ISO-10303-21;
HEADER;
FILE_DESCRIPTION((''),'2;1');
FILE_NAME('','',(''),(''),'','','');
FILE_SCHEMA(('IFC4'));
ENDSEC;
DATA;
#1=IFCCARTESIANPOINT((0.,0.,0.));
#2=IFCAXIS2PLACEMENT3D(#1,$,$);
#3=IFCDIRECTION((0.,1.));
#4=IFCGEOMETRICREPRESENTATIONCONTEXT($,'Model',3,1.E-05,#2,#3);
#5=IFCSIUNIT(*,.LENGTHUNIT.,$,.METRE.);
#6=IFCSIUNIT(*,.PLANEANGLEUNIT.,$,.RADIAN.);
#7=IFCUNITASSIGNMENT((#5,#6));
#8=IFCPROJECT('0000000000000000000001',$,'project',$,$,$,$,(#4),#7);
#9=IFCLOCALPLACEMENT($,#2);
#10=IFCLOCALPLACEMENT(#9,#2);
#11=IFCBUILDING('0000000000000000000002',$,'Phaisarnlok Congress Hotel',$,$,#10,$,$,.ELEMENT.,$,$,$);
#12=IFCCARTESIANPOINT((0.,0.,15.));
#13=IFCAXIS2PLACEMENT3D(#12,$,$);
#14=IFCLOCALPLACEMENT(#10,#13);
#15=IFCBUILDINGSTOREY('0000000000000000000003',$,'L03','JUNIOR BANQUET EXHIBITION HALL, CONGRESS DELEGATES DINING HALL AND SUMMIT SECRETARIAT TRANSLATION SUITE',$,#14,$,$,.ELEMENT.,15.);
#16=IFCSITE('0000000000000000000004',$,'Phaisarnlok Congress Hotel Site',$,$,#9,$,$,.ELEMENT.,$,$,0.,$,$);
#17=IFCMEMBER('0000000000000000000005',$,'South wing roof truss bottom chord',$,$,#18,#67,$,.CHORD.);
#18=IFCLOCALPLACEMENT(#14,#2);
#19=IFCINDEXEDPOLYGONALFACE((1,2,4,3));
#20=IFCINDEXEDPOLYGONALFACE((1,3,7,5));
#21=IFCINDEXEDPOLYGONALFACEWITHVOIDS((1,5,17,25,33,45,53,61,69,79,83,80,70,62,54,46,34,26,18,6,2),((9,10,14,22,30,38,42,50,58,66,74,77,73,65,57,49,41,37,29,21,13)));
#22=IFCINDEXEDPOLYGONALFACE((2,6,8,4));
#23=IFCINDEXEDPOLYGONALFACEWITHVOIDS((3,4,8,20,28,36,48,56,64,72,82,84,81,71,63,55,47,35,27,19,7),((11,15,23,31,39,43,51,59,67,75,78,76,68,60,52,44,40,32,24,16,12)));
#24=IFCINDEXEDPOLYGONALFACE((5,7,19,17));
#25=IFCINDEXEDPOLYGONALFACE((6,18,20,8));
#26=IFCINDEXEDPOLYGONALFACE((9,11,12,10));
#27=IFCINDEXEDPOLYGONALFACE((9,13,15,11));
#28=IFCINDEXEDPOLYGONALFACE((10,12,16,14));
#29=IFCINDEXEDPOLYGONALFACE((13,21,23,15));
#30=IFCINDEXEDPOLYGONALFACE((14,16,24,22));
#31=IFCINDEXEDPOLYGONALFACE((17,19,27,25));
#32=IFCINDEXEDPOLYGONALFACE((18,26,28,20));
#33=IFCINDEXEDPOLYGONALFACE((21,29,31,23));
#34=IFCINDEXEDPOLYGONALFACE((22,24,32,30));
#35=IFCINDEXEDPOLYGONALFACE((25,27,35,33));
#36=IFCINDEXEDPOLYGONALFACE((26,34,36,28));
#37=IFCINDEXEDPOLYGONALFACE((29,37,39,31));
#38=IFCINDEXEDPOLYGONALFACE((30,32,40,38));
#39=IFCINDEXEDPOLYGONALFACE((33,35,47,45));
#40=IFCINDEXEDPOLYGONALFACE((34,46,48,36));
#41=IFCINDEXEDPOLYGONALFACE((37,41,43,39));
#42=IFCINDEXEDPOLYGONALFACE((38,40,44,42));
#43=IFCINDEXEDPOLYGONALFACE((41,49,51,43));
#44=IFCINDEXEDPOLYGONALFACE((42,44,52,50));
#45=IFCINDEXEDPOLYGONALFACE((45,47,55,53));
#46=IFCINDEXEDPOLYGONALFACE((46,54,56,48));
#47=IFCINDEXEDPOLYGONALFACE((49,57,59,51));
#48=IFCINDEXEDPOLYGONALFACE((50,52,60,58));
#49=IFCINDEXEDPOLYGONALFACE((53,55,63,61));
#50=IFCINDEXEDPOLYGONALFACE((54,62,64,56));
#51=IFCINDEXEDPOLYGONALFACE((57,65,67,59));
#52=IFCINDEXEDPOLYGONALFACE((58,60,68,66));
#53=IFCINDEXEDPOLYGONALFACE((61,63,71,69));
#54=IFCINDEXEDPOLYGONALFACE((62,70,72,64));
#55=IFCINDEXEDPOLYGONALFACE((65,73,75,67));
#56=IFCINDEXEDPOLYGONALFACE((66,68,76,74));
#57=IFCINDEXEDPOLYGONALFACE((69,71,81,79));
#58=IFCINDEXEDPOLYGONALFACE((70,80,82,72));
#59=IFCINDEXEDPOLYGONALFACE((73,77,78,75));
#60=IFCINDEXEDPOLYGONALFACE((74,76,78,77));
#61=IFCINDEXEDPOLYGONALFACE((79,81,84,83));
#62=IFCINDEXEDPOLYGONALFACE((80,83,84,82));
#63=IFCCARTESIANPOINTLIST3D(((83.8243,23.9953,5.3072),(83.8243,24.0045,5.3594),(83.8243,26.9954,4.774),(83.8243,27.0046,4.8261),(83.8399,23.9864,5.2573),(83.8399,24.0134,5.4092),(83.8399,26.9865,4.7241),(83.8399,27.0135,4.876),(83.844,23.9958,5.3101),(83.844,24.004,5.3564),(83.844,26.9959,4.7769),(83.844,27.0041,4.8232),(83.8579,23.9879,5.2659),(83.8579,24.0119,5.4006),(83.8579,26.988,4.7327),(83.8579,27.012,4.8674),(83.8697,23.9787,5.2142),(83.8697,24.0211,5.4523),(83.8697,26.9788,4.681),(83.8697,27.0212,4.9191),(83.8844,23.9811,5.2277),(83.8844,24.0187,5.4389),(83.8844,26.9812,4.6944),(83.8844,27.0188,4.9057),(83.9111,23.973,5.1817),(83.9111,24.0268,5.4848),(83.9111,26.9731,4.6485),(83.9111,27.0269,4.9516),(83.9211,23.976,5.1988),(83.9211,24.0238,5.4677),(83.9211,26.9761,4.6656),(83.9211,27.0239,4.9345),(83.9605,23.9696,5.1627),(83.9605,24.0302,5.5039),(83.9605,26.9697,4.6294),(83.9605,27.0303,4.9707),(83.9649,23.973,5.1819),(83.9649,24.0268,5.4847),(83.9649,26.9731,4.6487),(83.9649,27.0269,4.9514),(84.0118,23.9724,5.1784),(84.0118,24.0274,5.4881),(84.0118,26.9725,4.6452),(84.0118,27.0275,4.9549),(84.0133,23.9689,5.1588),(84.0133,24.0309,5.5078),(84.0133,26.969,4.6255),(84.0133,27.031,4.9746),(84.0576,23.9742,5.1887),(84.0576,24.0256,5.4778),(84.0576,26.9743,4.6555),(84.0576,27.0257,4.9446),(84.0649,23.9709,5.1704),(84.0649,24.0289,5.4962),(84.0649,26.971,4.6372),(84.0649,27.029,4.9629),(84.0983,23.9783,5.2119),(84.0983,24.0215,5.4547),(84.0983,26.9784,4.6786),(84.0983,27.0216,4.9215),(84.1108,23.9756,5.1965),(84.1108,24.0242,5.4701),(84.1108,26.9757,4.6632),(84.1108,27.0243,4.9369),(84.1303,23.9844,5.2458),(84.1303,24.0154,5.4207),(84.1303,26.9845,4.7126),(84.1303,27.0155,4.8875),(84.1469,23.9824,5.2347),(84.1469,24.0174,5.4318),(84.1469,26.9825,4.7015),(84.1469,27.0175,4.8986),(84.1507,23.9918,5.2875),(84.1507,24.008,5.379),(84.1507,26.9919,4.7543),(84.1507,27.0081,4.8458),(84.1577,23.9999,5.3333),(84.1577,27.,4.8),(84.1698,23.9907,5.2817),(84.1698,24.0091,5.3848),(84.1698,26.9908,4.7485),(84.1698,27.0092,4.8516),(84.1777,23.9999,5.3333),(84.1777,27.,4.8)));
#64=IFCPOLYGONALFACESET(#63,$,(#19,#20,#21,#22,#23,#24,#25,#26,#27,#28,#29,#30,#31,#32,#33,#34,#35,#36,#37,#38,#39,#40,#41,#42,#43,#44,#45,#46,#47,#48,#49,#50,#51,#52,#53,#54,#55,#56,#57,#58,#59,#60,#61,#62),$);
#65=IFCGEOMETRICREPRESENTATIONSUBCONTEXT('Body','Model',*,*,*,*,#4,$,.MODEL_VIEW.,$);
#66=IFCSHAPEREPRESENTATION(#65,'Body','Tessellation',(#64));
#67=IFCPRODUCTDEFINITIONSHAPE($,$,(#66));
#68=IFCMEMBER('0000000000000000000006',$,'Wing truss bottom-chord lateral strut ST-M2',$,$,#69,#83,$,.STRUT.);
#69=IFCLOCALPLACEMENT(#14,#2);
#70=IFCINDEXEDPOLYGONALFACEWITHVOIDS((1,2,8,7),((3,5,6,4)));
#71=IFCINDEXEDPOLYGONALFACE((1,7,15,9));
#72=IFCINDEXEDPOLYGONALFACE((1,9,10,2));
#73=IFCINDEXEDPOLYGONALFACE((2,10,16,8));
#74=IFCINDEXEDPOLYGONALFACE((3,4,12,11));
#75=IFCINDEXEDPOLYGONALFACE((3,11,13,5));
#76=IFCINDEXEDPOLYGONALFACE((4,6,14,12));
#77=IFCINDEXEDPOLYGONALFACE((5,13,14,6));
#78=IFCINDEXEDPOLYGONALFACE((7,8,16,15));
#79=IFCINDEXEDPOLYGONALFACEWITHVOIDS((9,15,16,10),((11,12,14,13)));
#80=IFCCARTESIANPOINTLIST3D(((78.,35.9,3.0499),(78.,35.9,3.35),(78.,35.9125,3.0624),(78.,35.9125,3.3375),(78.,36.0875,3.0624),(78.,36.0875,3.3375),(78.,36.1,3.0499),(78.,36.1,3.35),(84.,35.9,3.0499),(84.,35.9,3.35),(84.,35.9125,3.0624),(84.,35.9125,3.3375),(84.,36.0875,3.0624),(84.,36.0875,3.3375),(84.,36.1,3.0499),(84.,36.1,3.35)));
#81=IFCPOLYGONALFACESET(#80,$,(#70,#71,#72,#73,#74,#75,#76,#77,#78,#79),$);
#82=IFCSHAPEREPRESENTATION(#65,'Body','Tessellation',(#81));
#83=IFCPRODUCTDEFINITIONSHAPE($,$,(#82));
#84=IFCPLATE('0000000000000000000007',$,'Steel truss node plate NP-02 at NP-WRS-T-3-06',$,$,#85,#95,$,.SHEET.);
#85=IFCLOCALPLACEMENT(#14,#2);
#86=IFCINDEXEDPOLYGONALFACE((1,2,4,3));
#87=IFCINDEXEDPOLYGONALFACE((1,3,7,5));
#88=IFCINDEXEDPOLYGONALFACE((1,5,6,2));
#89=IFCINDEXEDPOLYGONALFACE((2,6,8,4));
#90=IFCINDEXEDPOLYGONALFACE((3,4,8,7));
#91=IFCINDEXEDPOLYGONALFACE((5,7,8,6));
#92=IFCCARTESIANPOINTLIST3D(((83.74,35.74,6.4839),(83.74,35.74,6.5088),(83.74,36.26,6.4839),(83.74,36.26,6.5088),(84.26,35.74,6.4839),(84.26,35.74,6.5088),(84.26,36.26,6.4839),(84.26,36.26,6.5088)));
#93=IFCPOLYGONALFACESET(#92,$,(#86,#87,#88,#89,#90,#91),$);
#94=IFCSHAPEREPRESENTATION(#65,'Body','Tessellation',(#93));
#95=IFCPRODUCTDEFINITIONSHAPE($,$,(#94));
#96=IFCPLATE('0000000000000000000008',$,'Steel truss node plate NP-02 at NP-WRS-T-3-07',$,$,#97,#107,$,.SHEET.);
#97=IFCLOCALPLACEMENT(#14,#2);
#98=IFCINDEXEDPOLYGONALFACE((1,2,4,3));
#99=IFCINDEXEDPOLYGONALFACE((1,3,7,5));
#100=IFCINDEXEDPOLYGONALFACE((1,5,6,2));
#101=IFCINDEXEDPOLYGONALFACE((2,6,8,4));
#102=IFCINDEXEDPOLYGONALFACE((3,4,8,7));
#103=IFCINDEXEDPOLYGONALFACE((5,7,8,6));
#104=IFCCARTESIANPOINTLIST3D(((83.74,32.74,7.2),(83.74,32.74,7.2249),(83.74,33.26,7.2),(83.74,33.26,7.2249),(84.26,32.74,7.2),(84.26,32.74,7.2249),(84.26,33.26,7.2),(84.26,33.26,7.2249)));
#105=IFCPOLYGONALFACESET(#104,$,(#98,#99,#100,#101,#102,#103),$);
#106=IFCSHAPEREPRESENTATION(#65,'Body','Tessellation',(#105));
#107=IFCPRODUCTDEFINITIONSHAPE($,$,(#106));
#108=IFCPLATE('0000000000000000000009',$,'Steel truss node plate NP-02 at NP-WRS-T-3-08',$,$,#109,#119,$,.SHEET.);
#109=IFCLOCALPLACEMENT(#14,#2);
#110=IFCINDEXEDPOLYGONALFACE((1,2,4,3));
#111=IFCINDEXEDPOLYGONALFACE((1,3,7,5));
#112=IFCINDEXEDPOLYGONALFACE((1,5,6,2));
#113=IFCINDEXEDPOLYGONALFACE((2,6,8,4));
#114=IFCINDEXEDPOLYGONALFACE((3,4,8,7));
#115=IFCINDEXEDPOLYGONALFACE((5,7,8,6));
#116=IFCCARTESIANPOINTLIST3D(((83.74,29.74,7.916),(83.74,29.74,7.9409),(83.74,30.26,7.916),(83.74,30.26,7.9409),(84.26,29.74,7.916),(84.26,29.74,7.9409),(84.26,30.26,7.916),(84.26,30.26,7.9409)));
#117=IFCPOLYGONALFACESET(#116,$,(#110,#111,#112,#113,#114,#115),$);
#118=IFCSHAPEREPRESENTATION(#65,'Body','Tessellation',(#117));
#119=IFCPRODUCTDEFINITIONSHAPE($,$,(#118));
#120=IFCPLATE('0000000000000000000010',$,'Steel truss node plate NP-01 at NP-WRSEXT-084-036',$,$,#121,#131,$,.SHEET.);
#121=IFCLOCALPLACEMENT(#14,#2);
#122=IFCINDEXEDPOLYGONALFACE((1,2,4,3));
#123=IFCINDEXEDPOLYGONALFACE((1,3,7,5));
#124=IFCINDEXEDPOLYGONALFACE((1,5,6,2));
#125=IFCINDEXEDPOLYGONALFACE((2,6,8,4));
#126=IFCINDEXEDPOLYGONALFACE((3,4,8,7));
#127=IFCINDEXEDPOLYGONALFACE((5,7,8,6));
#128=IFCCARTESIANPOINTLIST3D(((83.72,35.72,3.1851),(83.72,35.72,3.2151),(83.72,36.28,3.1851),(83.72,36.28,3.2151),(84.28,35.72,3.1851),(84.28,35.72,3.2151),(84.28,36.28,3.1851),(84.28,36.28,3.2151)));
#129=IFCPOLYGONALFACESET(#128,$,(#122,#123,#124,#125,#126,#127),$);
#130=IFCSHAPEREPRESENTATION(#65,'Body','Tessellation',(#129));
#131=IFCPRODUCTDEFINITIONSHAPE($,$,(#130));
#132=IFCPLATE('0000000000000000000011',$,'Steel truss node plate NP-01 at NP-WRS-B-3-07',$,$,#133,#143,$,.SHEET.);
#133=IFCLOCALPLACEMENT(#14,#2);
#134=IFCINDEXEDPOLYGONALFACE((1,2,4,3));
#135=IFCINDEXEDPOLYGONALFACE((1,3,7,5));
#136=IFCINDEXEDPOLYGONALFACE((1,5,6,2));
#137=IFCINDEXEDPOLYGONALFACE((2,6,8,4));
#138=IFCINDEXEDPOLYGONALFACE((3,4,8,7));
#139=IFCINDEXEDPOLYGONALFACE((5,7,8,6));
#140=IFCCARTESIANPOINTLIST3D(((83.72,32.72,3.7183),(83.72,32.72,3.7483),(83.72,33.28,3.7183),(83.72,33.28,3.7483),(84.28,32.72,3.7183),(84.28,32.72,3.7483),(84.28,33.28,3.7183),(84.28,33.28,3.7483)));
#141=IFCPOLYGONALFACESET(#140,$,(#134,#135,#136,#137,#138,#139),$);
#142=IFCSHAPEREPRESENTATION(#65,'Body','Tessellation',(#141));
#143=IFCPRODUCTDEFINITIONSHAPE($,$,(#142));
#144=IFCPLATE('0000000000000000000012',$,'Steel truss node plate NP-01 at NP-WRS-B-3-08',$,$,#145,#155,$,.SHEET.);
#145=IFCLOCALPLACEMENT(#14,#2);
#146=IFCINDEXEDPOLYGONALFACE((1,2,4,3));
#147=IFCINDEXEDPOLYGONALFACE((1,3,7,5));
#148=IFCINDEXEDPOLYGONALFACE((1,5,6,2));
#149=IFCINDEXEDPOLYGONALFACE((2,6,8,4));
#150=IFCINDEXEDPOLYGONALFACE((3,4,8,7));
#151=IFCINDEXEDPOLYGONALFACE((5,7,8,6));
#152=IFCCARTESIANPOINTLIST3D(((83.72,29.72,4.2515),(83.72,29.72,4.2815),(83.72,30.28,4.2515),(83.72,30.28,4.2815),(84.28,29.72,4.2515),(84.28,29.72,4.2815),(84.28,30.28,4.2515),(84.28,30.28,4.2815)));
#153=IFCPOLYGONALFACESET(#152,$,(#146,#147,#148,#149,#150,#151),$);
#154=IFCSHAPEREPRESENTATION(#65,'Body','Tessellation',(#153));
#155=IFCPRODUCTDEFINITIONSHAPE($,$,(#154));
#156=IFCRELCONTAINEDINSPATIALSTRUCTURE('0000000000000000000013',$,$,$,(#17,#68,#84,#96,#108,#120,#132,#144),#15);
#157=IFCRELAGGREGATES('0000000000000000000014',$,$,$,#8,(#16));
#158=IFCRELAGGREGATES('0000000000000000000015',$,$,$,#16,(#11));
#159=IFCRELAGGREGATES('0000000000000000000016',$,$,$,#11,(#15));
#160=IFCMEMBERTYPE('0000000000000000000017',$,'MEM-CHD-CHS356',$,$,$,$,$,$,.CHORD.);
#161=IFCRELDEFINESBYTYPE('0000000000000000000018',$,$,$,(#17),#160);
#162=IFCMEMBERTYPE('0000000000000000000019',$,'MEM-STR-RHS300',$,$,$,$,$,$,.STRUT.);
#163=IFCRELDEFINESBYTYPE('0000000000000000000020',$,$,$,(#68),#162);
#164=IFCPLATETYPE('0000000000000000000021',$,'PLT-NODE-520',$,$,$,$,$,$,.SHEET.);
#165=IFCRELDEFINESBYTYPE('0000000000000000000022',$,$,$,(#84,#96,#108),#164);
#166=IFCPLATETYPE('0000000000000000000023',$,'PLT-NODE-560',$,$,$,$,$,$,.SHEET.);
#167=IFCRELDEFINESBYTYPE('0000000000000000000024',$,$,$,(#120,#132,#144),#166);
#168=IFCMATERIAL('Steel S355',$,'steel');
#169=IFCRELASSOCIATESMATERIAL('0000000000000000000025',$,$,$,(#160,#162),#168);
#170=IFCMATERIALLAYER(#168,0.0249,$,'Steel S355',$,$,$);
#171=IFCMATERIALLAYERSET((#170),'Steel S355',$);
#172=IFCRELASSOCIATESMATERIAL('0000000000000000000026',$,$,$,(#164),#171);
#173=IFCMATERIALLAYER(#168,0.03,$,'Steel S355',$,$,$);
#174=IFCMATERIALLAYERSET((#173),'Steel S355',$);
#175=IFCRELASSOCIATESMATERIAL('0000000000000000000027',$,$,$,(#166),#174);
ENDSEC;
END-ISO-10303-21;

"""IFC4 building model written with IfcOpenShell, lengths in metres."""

from ifc_helpers import new_model, si_unit, direction, frame, origin, origin_2d, place, context, subcontext, project, spatial, rectangle, hollow_rectangle, hollow_circle, extrude, material, layer, layer_set, material_profile, profile_set, type_object, element, save


model = new_model("IFC4")

# Units and contexts
model_context = context("Model", 3, precision=1e-05, world=origin(), true_north=direction((0.0, 1.0)))
body_context = subcontext(model_context, "Body", "Model", "MODEL_VIEW")
ifc_project = project(units=[si_unit("LENGTHUNIT", "METRE"), si_unit("PLANEANGLEUNIT", "RADIAN")], contexts=[model_context])

# Site, building, storey
site_placement = place(None, origin())
site = spatial("IfcSite", under=ifc_project, at=site_placement, Name="Phaisarnlok Congress Hotel Site", CompositionType="ELEMENT", RefElevation=0.0)
building_placement = place(site_placement, origin())
building = spatial("IfcBuilding", under=site, at=building_placement, Name="Phaisarnlok Congress Hotel", CompositionType="ELEMENT")
storey_placement = place(building_placement, frame((0.0, 0.0, 15.0)))
storey = spatial("IfcBuildingStorey", under=building, at=storey_placement, Name="L03", Description="JUNIOR BANQUET EXHIBITION HALL, CONGRESS DELEGATES DINING HALL AND SUMMIT SECRETARIAT TRANSLATION SUITE", CompositionType="ELEMENT", Elevation=15.0)

# Shared definitions
ifc_material_1 = material(Name="Steel S355", Category="steel")

# Members
ifc_material_profile_1 = material_profile(ifc_material_1, hollow_circle(Radius=0.1777, WallThickness=0.02, at=origin_2d()), Name="CHS 355.6x20")
ifc_profile_set_1 = profile_set([ifc_material_profile_1], Name="Steel S355")
member_type_1 = type_object("IfcMemberType", Name="MEM-CHD-CHS356", PredefinedType="CHORD", material=ifc_profile_set_1)
for number, where, z_axis, x_axis, name in (
    (1, (84.0, 27.0, 4.8), (0.0, -0.98457, 0.174992), (1.0, 0.0, 0.0), "South wing roof truss bottom chord"),
):
    element("IfcMember", number, at=place(storey_placement, frame(where, z_axis=z_axis, x_axis=x_axis)), inside=storey, type_object=member_type_1, Name=name, PredefinedType="CHORD", context=body_context, shape_type="SweptSolid", body=[
        extrude(hollow_circle(Radius=0.1777, WallThickness=0.02, at=origin_2d()), origin(), (0.0, 0.0, 1.0), 3.0471),
    ])
ifc_material_profile_2 = material_profile(ifc_material_1, hollow_rectangle(XDim=0.2, YDim=0.3, WallThickness=0.0125, at=origin_2d()), Name="RHS 300x200x12.5")
ifc_profile_set_2 = profile_set([ifc_material_profile_2], Name="Steel S355")
member_type_2 = type_object("IfcMemberType", Name="MEM-STR-RHS300", PredefinedType="STRUT", material=ifc_profile_set_2)
member_1_placement = place(storey_placement, frame((78.0, 36.0, 3.2), z_axis=(1.0, 0.0, 0.0), x_axis=(0.0, 1.0, 0.0)))
element("IfcMember", 2, at=member_1_placement, inside=storey, type_object=member_type_2, Name="Wing truss bottom-chord lateral strut ST-M2", PredefinedType="STRUT", context=body_context, shape_type="SweptSolid", body=[
    extrude(hollow_rectangle(XDim=0.2, YDim=0.3, WallThickness=0.0125, at=origin_2d()), origin(), (0.0, 0.0, 1.0), 6.0),
])

# Plates
ifc_layer_1 = layer(ifc_material_1, 0.0249, Name="Steel S355")
ifc_layer_set_1 = layer_set([ifc_layer_1], Name="Steel S355")
plate_type_1 = type_object("IfcPlateType", Name="PLT-NODE-520", PredefinedType="SHEET", material=ifc_layer_set_1)
for number, where, z_axis, x_axis, name in (
    (3, (84.0, 36.0, 6.4839), (0.0, 0.0, 1.0), (1.0, 0.0, 0.0), "Steel truss node plate NP-02 at NP-WRS-T-3-06"),
    (4, (84.0, 33.0, 7.2), (0.0, 0.0, 1.0), (1.0, 0.0, 0.0), "Steel truss node plate NP-02 at NP-WRS-T-3-07"),
    (5, (84.0, 30.0, 7.916), (0.0, 0.0, 1.0), (1.0, 0.0, 0.0), "Steel truss node plate NP-02 at NP-WRS-T-3-08"),
):
    element("IfcPlate", number, at=place(storey_placement, frame(where, z_axis=z_axis, x_axis=x_axis)), inside=storey, type_object=plate_type_1, Name=name, PredefinedType="SHEET", context=body_context, shape_type="SweptSolid", body=[
        extrude(rectangle(XDim=0.52, YDim=0.52, at=origin_2d()), origin(), (0.0, 0.0, 1.0), 0.0249),
    ])
ifc_layer_2 = layer(ifc_material_1, 0.03, Name="Steel S355")
ifc_layer_set_2 = layer_set([ifc_layer_2], Name="Steel S355")
plate_type_2 = type_object("IfcPlateType", Name="PLT-NODE-560", PredefinedType="SHEET", material=ifc_layer_set_2)
for number, where, z_axis, x_axis, name in (
    (6, (84.0, 36.0, 3.1851), (0.0, 0.0, 1.0), (1.0, 0.0, 0.0), "Steel truss node plate NP-01 at NP-WRSEXT-084-036"),
    (7, (84.0, 33.0, 3.7183), (0.0, 0.0, 1.0), (1.0, 0.0, 0.0), "Steel truss node plate NP-01 at NP-WRS-B-3-07"),
    (8, (84.0, 30.0, 4.2515), (0.0, 0.0, 1.0), (1.0, 0.0, 0.0), "Steel truss node plate NP-01 at NP-WRS-B-3-08"),
):
    element("IfcPlate", number, at=place(storey_placement, frame(where, z_axis=z_axis, x_axis=x_axis)), inside=storey, type_object=plate_type_2, Name=name, PredefinedType="SHEET", context=body_context, shape_type="SweptSolid", body=[
        extrude(rectangle(XDim=0.5601, YDim=0.5601, at=origin_2d()), origin(), (0.0, 0.0, 1.0), 0.03),
    ])

save(model, "model.ifc")
